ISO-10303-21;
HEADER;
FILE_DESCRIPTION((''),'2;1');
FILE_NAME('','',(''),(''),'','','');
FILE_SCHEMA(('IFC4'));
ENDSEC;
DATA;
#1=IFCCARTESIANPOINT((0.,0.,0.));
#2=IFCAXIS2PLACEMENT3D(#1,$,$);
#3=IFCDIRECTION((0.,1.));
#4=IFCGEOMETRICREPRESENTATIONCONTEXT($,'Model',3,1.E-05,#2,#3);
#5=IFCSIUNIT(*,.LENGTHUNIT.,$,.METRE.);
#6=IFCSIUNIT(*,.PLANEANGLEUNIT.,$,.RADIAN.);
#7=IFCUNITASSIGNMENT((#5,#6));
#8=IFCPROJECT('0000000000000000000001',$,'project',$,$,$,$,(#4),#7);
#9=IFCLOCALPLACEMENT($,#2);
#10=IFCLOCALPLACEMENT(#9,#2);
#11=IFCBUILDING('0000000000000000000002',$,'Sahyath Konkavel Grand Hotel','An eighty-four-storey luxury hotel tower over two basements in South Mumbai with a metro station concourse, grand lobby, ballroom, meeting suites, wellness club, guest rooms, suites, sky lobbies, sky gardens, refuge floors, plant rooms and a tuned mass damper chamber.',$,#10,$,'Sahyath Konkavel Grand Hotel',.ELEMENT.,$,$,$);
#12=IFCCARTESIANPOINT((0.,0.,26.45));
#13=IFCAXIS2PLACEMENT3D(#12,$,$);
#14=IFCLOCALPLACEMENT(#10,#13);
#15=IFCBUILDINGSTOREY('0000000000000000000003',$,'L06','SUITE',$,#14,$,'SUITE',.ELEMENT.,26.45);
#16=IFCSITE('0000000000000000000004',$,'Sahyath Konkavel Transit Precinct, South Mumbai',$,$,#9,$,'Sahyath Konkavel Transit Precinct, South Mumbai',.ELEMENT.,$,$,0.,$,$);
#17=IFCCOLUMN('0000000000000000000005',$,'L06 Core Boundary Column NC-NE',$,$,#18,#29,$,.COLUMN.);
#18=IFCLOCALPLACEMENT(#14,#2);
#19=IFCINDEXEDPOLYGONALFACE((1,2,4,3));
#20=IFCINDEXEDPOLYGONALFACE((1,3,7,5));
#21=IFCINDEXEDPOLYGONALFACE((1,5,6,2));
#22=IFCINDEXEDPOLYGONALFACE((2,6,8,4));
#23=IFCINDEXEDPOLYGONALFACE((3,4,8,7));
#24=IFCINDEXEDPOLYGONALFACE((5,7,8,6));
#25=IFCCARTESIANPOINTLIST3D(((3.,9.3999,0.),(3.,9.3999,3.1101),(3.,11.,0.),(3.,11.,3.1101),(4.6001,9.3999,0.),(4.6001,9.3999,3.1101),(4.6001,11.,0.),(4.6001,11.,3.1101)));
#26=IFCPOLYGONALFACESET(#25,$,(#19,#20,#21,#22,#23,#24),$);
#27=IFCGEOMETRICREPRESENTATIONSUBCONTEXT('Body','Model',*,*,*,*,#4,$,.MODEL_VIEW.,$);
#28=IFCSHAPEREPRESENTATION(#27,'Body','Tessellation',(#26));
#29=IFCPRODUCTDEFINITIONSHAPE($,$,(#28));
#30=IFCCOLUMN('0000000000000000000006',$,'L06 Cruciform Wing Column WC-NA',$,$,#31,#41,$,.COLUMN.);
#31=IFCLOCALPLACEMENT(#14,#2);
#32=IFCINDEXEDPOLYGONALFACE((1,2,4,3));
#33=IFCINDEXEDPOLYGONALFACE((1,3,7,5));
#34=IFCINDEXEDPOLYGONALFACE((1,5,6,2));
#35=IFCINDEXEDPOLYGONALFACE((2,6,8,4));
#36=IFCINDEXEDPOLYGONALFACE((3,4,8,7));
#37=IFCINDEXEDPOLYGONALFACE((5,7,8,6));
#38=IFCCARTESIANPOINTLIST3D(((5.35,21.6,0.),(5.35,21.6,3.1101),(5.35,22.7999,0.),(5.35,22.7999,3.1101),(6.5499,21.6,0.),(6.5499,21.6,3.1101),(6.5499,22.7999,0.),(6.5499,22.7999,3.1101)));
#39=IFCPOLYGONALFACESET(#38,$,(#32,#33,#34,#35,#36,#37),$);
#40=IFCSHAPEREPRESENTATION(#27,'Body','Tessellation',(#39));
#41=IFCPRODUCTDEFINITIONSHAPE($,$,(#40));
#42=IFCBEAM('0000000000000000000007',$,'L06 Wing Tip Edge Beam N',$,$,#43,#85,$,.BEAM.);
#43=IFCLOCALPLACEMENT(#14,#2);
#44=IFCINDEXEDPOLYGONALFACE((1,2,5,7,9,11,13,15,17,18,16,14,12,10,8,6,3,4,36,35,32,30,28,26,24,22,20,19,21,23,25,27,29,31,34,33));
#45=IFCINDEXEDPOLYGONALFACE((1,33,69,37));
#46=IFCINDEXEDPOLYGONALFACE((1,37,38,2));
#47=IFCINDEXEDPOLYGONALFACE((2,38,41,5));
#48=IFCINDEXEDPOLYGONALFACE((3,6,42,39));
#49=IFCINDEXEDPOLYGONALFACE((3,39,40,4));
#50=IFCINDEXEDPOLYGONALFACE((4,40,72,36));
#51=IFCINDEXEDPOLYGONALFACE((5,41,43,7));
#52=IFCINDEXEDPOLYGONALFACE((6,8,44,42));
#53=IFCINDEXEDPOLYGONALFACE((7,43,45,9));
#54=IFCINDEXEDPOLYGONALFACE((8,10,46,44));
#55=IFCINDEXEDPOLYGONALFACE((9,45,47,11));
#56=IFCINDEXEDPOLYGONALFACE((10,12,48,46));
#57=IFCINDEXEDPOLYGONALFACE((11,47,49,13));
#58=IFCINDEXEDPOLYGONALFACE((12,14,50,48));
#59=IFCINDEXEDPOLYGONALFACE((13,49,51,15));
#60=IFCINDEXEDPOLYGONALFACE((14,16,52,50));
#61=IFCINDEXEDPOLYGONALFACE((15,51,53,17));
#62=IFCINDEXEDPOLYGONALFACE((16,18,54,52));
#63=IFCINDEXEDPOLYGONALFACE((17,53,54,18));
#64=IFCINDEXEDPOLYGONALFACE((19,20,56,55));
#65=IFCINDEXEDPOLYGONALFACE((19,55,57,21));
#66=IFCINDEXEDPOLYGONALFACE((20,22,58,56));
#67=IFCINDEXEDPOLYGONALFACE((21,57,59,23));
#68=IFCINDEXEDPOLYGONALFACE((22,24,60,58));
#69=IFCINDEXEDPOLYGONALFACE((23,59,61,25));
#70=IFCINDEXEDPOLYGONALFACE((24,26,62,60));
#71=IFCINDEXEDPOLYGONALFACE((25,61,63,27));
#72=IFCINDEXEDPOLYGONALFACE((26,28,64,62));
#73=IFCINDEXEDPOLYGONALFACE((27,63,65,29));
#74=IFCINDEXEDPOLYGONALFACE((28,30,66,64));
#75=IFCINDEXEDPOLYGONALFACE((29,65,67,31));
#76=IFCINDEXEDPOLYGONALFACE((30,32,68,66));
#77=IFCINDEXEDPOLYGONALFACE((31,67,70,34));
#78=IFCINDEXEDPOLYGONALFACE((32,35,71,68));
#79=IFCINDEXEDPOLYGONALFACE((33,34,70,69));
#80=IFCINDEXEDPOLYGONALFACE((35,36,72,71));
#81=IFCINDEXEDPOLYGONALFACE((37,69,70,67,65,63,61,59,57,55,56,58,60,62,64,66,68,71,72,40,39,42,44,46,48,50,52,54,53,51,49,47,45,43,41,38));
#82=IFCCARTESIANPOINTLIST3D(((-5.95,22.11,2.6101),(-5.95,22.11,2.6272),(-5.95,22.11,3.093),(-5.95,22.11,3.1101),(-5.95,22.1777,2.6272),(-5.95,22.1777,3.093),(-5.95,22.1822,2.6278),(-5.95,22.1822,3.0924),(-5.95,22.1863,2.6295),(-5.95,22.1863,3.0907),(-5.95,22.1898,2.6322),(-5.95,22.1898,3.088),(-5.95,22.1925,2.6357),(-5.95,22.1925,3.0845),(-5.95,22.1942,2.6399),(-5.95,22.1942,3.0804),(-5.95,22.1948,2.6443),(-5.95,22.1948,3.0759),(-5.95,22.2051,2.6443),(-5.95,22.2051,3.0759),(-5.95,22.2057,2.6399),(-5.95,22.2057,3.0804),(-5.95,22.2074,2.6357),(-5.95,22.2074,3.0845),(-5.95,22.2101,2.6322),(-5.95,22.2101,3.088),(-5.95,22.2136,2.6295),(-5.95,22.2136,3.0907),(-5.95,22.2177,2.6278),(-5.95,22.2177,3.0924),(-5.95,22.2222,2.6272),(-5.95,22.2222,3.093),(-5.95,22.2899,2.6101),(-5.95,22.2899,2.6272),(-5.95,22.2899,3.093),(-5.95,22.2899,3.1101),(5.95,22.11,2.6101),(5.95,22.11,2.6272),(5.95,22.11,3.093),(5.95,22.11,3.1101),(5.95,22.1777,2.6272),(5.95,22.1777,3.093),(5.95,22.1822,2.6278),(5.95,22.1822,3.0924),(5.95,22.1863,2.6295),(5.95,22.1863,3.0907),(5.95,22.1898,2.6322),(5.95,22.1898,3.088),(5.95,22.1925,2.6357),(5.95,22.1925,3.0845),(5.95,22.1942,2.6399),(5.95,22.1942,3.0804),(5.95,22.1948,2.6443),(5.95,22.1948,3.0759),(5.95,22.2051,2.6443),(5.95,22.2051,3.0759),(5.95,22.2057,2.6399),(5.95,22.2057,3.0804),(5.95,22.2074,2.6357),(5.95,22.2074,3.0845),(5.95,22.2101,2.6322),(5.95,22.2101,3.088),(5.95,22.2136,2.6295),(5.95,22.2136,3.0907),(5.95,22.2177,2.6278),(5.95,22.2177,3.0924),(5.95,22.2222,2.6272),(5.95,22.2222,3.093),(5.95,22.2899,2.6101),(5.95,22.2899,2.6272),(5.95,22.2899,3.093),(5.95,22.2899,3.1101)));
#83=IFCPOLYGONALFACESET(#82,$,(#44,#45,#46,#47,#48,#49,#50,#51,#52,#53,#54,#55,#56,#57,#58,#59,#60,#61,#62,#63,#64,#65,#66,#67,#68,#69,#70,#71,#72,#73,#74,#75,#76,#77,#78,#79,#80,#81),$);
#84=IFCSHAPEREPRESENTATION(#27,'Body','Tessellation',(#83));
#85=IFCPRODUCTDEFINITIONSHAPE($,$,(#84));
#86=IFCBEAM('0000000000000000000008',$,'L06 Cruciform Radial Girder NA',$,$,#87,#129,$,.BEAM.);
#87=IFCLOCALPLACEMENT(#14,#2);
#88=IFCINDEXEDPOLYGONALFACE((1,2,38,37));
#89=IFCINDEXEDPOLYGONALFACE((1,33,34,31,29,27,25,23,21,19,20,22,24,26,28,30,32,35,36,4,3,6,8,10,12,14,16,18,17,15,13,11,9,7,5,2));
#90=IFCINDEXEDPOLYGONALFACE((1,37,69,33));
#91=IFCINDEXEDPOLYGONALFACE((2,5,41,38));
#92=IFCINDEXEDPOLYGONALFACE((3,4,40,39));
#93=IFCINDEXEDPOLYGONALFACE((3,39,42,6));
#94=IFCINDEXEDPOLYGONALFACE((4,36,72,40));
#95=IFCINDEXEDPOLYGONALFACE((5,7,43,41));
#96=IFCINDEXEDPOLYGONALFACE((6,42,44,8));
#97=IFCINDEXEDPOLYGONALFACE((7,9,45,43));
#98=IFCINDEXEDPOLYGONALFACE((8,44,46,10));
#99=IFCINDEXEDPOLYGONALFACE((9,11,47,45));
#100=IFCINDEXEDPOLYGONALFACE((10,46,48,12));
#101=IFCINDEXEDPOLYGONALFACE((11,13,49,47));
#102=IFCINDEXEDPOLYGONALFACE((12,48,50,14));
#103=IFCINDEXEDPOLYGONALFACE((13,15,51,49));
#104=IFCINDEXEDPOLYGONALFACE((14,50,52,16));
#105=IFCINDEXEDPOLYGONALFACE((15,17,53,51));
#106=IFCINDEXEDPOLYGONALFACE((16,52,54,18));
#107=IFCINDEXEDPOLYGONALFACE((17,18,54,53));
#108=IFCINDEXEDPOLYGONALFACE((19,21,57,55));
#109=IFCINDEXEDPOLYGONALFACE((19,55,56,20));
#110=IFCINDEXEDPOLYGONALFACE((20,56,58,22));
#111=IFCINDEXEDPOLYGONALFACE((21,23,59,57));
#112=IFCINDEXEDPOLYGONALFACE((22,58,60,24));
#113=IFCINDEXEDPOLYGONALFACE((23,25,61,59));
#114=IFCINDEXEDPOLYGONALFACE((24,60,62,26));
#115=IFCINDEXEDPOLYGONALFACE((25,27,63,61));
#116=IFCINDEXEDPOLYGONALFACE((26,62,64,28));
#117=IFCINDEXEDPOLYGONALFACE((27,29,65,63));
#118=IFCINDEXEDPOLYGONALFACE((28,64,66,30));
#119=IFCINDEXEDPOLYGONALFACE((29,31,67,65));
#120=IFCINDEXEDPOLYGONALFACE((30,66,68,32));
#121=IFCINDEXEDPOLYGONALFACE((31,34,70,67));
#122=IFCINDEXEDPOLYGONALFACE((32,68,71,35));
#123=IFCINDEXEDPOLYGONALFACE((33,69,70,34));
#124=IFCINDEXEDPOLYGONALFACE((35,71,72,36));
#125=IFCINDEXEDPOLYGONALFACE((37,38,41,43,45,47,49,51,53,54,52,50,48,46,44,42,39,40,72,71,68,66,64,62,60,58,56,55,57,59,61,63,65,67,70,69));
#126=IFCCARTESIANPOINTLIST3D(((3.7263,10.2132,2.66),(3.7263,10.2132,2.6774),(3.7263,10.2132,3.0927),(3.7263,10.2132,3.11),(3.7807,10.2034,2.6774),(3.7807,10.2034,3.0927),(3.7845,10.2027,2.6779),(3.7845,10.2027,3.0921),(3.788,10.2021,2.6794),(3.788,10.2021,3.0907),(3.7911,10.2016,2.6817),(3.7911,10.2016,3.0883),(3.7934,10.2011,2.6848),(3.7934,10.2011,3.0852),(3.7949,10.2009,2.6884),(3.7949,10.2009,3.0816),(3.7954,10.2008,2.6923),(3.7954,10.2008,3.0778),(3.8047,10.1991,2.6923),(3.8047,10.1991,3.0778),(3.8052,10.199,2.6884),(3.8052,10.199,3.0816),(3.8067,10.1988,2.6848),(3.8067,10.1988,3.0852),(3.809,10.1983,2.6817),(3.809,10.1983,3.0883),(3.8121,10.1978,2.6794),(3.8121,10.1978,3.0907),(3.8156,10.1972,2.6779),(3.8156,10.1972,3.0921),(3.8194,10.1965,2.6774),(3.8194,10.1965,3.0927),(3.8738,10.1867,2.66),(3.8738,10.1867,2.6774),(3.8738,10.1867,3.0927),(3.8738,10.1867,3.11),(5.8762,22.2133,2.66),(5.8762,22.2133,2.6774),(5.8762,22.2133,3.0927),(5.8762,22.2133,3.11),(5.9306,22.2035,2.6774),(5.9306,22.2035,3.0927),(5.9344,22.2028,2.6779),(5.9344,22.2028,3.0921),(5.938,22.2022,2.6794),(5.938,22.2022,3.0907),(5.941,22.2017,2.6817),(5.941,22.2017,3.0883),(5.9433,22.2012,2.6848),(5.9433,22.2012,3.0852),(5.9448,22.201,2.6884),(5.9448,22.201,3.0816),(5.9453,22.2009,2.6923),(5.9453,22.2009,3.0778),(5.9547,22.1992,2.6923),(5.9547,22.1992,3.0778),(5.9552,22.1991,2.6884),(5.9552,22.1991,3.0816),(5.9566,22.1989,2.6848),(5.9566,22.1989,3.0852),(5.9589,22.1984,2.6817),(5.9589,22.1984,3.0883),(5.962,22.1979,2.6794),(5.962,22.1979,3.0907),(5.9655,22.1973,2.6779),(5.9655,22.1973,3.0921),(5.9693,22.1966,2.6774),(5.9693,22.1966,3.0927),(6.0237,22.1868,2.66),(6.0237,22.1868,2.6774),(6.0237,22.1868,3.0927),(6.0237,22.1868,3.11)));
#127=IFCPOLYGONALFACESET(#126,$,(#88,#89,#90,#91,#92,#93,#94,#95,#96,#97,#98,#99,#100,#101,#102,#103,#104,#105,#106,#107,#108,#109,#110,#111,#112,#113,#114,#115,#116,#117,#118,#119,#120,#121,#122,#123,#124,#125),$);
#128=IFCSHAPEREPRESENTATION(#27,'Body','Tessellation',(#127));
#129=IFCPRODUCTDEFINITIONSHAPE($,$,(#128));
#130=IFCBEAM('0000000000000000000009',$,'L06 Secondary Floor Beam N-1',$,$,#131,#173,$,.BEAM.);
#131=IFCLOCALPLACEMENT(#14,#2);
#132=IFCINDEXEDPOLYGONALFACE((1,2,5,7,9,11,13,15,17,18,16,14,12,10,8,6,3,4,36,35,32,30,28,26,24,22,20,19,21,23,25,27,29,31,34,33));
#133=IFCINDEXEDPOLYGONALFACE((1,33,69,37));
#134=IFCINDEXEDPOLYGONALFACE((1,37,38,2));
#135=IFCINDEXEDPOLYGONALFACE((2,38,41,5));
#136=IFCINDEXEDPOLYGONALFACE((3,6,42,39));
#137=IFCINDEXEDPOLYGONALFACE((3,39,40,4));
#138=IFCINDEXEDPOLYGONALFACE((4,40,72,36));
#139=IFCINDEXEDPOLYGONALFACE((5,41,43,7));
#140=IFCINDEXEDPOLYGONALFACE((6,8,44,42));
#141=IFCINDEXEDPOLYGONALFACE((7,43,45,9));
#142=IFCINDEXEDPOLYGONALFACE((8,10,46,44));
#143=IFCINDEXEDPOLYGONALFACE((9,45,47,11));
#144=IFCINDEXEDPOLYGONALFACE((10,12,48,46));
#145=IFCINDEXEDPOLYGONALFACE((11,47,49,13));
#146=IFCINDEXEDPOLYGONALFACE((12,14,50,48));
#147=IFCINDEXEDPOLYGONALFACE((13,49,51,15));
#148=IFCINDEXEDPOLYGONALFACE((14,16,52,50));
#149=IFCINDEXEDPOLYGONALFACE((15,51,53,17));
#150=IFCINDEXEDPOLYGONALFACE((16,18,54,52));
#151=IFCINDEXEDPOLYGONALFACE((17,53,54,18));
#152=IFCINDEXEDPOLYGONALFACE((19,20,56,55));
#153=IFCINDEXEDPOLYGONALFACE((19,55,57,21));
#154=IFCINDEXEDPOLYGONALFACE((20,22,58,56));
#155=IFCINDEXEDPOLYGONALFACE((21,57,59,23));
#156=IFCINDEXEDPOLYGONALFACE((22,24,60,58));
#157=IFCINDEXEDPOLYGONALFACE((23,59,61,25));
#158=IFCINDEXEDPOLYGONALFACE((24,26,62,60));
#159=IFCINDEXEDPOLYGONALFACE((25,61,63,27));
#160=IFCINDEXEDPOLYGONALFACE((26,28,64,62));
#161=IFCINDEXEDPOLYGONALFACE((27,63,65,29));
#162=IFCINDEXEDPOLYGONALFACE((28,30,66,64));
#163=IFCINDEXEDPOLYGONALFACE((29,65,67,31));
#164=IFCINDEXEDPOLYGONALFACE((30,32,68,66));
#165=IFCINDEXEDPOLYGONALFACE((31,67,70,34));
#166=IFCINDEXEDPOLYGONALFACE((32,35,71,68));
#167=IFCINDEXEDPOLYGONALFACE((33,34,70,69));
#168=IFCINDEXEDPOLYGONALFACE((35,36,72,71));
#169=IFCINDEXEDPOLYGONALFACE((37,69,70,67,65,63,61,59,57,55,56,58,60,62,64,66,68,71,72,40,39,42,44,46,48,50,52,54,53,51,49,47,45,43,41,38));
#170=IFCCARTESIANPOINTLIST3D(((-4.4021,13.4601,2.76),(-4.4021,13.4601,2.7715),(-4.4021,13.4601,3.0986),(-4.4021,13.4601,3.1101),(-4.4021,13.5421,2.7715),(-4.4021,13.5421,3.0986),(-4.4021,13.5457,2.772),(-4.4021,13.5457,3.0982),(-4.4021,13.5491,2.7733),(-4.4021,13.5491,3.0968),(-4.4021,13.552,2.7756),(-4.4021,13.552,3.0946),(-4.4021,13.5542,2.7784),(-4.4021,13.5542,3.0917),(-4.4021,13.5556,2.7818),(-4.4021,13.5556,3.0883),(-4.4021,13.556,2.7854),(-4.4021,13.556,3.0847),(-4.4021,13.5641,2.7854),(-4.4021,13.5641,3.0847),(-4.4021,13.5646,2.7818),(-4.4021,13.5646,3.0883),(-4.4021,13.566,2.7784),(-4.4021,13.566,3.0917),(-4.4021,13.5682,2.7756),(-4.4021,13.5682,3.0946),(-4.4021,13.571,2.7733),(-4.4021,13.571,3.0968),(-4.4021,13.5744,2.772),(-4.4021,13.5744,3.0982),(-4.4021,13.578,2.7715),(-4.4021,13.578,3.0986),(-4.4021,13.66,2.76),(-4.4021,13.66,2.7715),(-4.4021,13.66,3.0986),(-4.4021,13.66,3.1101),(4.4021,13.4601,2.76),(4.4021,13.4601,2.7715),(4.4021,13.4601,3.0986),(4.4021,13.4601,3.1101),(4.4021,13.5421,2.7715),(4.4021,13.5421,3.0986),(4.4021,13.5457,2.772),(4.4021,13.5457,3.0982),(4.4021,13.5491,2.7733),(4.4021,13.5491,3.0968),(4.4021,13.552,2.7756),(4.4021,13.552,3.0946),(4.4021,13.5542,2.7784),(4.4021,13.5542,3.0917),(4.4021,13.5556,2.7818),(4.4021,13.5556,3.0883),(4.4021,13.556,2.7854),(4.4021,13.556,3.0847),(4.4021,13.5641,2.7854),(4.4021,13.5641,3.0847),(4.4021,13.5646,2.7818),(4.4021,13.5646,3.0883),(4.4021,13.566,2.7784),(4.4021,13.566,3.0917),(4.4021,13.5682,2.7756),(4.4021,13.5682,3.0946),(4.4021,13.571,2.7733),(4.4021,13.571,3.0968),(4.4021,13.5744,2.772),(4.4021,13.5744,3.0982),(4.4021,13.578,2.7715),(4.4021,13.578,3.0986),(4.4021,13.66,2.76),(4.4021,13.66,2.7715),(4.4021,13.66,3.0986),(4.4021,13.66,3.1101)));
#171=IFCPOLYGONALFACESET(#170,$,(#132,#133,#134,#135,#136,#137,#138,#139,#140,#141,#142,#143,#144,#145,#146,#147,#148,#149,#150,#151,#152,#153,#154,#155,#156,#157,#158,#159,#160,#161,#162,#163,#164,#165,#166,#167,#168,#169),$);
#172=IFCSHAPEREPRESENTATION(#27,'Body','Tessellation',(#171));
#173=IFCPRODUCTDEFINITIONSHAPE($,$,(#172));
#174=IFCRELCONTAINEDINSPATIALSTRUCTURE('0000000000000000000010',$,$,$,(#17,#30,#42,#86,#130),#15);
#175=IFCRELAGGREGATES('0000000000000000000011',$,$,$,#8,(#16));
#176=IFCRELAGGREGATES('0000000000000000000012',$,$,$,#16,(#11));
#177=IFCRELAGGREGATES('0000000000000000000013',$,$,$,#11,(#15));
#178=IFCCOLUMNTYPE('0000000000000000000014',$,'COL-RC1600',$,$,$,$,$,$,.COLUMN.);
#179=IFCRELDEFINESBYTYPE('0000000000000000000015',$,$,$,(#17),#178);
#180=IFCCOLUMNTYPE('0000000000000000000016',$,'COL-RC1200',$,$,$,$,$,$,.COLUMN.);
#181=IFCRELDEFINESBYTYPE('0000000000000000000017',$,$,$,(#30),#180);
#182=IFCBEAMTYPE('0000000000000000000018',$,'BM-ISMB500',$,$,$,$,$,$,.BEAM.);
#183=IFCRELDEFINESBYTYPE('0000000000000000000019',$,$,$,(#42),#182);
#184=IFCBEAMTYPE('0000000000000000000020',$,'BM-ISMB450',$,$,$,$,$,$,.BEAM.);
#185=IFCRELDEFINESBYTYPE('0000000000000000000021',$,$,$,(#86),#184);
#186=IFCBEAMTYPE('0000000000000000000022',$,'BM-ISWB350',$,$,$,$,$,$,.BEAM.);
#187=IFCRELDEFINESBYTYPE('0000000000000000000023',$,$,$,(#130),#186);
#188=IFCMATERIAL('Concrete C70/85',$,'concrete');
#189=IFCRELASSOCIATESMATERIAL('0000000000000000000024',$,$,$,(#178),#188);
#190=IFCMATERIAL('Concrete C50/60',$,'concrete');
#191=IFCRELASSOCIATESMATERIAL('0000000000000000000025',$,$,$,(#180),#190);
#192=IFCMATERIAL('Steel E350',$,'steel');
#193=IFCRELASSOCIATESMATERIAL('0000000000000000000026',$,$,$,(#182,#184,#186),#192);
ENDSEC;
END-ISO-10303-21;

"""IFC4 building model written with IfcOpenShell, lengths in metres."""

from ifc_helpers import new_model, si_unit, direction, frame, origin, origin_2d, place, context, subcontext, project, spatial, rectangle, i_section, extrude, source, transform, mapped, material, material_profile, profile_set, type_object, element, save


model = new_model("IFC4")

# Units and contexts
model_context = context("Model", 3, precision=1e-05, world=origin(), true_north=direction((0.0, 1.0)))
body_context = subcontext(model_context, "Body", "Model", "MODEL_VIEW")
ifc_project = project(units=[si_unit("LENGTHUNIT", "METRE"), si_unit("PLANEANGLEUNIT", "RADIAN")], contexts=[model_context])

# Site, building, storey
site_placement = place(None, origin())
site = spatial("IfcSite", under=ifc_project, at=site_placement, Name="Sahyath Konkavel Transit Precinct, South Mumbai", LongName="Sahyath Konkavel Transit Precinct, South Mumbai", CompositionType="ELEMENT", RefElevation=0.0)
building_placement = place(site_placement, origin())
building = spatial("IfcBuilding", under=site, at=building_placement, Name="Sahyath Konkavel Grand Hotel", Description="An eighty-four-storey luxury hotel tower over two basements in South Mumbai with a metro station concourse, grand lobby, ballroom, meeting suites, wellness club, guest rooms, suites, sky lobbies, sky gardens, refuge floors, plant rooms and a tuned mass damper chamber.", LongName="Sahyath Konkavel Grand Hotel", CompositionType="ELEMENT")
storey_placement = place(building_placement, frame((0.0, 0.0, 26.45)))
storey = spatial("IfcBuildingStorey", under=building, at=storey_placement, Name="L06", Description="SUITE", LongName="SUITE", CompositionType="ELEMENT", Elevation=26.45)

# Columns
ifc_material_1 = material(Name="Concrete C70/85", Category="concrete")
ifc_material_profile_1 = material_profile(ifc_material_1, rectangle(XDim=1.6001, YDim=1.6001, at=origin_2d()), Name="RC 1600x1600")
ifc_profile_set_1 = profile_set([ifc_material_profile_1], Name="Concrete C70/85")
column_type_1 = type_object("IfcColumnType", Name="COL-RC1600", PredefinedType="COLUMN", material=ifc_profile_set_1)
shared_shape_1 = source(origin(), body_context, "Body", "SweptSolid", [
    extrude(rectangle(XDim=1.6001, YDim=1.6001, at=origin_2d()), origin(), (0.0, 0.0, 1.0), 3.1101),
])
column_1_placement = place(storey_placement, frame((3.8, 10.2, 0.0), z_axis=(0.0, 0.0, 1.0), x_axis=(1.0, 0.0, 0.0)))
element("IfcColumn", 1, at=column_1_placement, inside=storey, type_object=column_type_1, Name="L06 Core Boundary Column NC-NE", PredefinedType="COLUMN", context=body_context, shape_type="MappedRepresentation", body=[
    mapped(shared_shape_1, transform((0.0, 0.0, 0.0), scale=1.0)),
])
ifc_material_2 = material(Name="Concrete C50/60", Category="concrete")
ifc_material_profile_2 = material_profile(ifc_material_2, rectangle(XDim=1.2, YDim=1.2, at=origin_2d()), Name="RC 1200x1200")
ifc_profile_set_2 = profile_set([ifc_material_profile_2], Name="Concrete C50/60")
column_type_2 = type_object("IfcColumnType", Name="COL-RC1200", PredefinedType="COLUMN", material=ifc_profile_set_2)
shared_shape_2 = source(origin(), body_context, "Body", "SweptSolid", [
    extrude(rectangle(XDim=1.2, YDim=1.2, at=origin_2d()), origin(), (0.0, 0.0, 1.0), 3.1101),
])
column_2_placement = place(storey_placement, frame((5.95, 22.2, 0.0), z_axis=(0.0, 0.0, 1.0), x_axis=(1.0, 0.0, 0.0)))
element("IfcColumn", 2, at=column_2_placement, inside=storey, type_object=column_type_2, Name="L06 Cruciform Wing Column WC-NA", PredefinedType="COLUMN", context=body_context, shape_type="MappedRepresentation", body=[
    mapped(shared_shape_2, transform((0.0, 0.0, 0.0), scale=1.0)),
])

# Beams
ifc_material_3 = material(Name="Steel E350", Category="steel")
ifc_material_profile_3 = material_profile(ifc_material_3, i_section(OverallWidth=0.1799, OverallDepth=0.5, WebThickness=0.0103, FlangeThickness=0.0171, FilletRadius=0.0171, at=origin_2d()), Name="ISMB 500")
ifc_profile_set_3 = profile_set([ifc_material_profile_3], Name="Steel E350")
beam_type_1 = type_object("IfcBeamType", Name="BM-ISMB500", PredefinedType="BEAM", material=ifc_profile_set_3)
shared_shape_3 = source(origin(), body_context, "Body", "SweptSolid", [
    extrude(i_section(OverallWidth=0.1799, OverallDepth=0.5, WebThickness=0.0103, FlangeThickness=0.0171, FilletRadius=0.0171, at=origin_2d()), origin(), (0.0, 0.0, 1.0), 11.8999),
])
beam_1_placement = place(storey_placement, frame((5.95, 22.2, 2.8601), z_axis=(-1.0, 0.0, 0.0), x_axis=(0.0, -1.0, 0.0)))
element("IfcBeam", 3, at=beam_1_placement, inside=storey, type_object=beam_type_1, Name="L06 Wing Tip Edge Beam N", PredefinedType="BEAM", context=body_context, shape_type="MappedRepresentation", body=[
    mapped(shared_shape_3, transform((0.0, 0.0, 0.0), scale=1.0)),
])
ifc_material_profile_4 = material_profile(ifc_material_3, i_section(OverallWidth=0.1499, OverallDepth=0.45, WebThickness=0.0095, FlangeThickness=0.0173, FilletRadius=0.0149, at=origin_2d()), Name="ISMB 450")
ifc_profile_set_4 = profile_set([ifc_material_profile_4], Name="Steel E350")
beam_type_2 = type_object("IfcBeamType", Name="BM-ISMB450", PredefinedType="BEAM", material=ifc_profile_set_4)
shared_shape_4 = source(origin(), body_context, "Body", "SweptSolid", [
    extrude(i_section(OverallWidth=0.1499, OverallDepth=0.45, WebThickness=0.0095, FlangeThickness=0.0173, FilletRadius=0.0149, at=origin_2d()), origin(), (0.0, 0.0, 1.0), 12.1912),
])
beam_2_placement = place(storey_placement, frame((3.8, 10.2, 2.885), z_axis=(0.176351, 0.984327, 0.0), x_axis=(-0.984327, 0.176351, 0.0)))
element("IfcBeam", 4, at=beam_2_placement, inside=storey, type_object=beam_type_2, Name="L06 Cruciform Radial Girder NA", PredefinedType="BEAM", context=body_context, shape_type="MappedRepresentation", body=[
    mapped(shared_shape_4, transform((0.0, 0.0, 0.0), scale=1.0)),
])
ifc_material_profile_5 = material_profile(ifc_material_3, i_section(OverallWidth=0.2, OverallDepth=0.3501, WebThickness=0.0081, FlangeThickness=0.0115, FilletRadius=0.0139, at=origin_2d()), Name="ISWB 350")
ifc_profile_set_5 = profile_set([ifc_material_profile_5], Name="Steel E350")
beam_type_3 = type_object("IfcBeamType", Name="BM-ISWB350", PredefinedType="BEAM", material=ifc_profile_set_5)
shared_shape_5 = source(origin(), body_context, "Body", "SweptSolid", [
    extrude(i_section(OverallWidth=0.2, OverallDepth=0.3501, WebThickness=0.0081, FlangeThickness=0.0115, FilletRadius=0.0139, at=origin_2d()), origin(), (0.0, 0.0, 1.0), 8.8042),
])
beam_3_placement = place(storey_placement, frame((4.4021, 13.5601, 2.9351), z_axis=(-1.0, 0.0, 0.0), x_axis=(0.0, -1.0, 0.0)))
element("IfcBeam", 5, at=beam_3_placement, inside=storey, type_object=beam_type_3, Name="L06 Secondary Floor Beam N-1", PredefinedType="BEAM", context=body_context, shape_type="MappedRepresentation", body=[
    mapped(shared_shape_5, transform((0.0, 0.0, 0.0), scale=1.0)),
])

save(model, "model.ifc")
